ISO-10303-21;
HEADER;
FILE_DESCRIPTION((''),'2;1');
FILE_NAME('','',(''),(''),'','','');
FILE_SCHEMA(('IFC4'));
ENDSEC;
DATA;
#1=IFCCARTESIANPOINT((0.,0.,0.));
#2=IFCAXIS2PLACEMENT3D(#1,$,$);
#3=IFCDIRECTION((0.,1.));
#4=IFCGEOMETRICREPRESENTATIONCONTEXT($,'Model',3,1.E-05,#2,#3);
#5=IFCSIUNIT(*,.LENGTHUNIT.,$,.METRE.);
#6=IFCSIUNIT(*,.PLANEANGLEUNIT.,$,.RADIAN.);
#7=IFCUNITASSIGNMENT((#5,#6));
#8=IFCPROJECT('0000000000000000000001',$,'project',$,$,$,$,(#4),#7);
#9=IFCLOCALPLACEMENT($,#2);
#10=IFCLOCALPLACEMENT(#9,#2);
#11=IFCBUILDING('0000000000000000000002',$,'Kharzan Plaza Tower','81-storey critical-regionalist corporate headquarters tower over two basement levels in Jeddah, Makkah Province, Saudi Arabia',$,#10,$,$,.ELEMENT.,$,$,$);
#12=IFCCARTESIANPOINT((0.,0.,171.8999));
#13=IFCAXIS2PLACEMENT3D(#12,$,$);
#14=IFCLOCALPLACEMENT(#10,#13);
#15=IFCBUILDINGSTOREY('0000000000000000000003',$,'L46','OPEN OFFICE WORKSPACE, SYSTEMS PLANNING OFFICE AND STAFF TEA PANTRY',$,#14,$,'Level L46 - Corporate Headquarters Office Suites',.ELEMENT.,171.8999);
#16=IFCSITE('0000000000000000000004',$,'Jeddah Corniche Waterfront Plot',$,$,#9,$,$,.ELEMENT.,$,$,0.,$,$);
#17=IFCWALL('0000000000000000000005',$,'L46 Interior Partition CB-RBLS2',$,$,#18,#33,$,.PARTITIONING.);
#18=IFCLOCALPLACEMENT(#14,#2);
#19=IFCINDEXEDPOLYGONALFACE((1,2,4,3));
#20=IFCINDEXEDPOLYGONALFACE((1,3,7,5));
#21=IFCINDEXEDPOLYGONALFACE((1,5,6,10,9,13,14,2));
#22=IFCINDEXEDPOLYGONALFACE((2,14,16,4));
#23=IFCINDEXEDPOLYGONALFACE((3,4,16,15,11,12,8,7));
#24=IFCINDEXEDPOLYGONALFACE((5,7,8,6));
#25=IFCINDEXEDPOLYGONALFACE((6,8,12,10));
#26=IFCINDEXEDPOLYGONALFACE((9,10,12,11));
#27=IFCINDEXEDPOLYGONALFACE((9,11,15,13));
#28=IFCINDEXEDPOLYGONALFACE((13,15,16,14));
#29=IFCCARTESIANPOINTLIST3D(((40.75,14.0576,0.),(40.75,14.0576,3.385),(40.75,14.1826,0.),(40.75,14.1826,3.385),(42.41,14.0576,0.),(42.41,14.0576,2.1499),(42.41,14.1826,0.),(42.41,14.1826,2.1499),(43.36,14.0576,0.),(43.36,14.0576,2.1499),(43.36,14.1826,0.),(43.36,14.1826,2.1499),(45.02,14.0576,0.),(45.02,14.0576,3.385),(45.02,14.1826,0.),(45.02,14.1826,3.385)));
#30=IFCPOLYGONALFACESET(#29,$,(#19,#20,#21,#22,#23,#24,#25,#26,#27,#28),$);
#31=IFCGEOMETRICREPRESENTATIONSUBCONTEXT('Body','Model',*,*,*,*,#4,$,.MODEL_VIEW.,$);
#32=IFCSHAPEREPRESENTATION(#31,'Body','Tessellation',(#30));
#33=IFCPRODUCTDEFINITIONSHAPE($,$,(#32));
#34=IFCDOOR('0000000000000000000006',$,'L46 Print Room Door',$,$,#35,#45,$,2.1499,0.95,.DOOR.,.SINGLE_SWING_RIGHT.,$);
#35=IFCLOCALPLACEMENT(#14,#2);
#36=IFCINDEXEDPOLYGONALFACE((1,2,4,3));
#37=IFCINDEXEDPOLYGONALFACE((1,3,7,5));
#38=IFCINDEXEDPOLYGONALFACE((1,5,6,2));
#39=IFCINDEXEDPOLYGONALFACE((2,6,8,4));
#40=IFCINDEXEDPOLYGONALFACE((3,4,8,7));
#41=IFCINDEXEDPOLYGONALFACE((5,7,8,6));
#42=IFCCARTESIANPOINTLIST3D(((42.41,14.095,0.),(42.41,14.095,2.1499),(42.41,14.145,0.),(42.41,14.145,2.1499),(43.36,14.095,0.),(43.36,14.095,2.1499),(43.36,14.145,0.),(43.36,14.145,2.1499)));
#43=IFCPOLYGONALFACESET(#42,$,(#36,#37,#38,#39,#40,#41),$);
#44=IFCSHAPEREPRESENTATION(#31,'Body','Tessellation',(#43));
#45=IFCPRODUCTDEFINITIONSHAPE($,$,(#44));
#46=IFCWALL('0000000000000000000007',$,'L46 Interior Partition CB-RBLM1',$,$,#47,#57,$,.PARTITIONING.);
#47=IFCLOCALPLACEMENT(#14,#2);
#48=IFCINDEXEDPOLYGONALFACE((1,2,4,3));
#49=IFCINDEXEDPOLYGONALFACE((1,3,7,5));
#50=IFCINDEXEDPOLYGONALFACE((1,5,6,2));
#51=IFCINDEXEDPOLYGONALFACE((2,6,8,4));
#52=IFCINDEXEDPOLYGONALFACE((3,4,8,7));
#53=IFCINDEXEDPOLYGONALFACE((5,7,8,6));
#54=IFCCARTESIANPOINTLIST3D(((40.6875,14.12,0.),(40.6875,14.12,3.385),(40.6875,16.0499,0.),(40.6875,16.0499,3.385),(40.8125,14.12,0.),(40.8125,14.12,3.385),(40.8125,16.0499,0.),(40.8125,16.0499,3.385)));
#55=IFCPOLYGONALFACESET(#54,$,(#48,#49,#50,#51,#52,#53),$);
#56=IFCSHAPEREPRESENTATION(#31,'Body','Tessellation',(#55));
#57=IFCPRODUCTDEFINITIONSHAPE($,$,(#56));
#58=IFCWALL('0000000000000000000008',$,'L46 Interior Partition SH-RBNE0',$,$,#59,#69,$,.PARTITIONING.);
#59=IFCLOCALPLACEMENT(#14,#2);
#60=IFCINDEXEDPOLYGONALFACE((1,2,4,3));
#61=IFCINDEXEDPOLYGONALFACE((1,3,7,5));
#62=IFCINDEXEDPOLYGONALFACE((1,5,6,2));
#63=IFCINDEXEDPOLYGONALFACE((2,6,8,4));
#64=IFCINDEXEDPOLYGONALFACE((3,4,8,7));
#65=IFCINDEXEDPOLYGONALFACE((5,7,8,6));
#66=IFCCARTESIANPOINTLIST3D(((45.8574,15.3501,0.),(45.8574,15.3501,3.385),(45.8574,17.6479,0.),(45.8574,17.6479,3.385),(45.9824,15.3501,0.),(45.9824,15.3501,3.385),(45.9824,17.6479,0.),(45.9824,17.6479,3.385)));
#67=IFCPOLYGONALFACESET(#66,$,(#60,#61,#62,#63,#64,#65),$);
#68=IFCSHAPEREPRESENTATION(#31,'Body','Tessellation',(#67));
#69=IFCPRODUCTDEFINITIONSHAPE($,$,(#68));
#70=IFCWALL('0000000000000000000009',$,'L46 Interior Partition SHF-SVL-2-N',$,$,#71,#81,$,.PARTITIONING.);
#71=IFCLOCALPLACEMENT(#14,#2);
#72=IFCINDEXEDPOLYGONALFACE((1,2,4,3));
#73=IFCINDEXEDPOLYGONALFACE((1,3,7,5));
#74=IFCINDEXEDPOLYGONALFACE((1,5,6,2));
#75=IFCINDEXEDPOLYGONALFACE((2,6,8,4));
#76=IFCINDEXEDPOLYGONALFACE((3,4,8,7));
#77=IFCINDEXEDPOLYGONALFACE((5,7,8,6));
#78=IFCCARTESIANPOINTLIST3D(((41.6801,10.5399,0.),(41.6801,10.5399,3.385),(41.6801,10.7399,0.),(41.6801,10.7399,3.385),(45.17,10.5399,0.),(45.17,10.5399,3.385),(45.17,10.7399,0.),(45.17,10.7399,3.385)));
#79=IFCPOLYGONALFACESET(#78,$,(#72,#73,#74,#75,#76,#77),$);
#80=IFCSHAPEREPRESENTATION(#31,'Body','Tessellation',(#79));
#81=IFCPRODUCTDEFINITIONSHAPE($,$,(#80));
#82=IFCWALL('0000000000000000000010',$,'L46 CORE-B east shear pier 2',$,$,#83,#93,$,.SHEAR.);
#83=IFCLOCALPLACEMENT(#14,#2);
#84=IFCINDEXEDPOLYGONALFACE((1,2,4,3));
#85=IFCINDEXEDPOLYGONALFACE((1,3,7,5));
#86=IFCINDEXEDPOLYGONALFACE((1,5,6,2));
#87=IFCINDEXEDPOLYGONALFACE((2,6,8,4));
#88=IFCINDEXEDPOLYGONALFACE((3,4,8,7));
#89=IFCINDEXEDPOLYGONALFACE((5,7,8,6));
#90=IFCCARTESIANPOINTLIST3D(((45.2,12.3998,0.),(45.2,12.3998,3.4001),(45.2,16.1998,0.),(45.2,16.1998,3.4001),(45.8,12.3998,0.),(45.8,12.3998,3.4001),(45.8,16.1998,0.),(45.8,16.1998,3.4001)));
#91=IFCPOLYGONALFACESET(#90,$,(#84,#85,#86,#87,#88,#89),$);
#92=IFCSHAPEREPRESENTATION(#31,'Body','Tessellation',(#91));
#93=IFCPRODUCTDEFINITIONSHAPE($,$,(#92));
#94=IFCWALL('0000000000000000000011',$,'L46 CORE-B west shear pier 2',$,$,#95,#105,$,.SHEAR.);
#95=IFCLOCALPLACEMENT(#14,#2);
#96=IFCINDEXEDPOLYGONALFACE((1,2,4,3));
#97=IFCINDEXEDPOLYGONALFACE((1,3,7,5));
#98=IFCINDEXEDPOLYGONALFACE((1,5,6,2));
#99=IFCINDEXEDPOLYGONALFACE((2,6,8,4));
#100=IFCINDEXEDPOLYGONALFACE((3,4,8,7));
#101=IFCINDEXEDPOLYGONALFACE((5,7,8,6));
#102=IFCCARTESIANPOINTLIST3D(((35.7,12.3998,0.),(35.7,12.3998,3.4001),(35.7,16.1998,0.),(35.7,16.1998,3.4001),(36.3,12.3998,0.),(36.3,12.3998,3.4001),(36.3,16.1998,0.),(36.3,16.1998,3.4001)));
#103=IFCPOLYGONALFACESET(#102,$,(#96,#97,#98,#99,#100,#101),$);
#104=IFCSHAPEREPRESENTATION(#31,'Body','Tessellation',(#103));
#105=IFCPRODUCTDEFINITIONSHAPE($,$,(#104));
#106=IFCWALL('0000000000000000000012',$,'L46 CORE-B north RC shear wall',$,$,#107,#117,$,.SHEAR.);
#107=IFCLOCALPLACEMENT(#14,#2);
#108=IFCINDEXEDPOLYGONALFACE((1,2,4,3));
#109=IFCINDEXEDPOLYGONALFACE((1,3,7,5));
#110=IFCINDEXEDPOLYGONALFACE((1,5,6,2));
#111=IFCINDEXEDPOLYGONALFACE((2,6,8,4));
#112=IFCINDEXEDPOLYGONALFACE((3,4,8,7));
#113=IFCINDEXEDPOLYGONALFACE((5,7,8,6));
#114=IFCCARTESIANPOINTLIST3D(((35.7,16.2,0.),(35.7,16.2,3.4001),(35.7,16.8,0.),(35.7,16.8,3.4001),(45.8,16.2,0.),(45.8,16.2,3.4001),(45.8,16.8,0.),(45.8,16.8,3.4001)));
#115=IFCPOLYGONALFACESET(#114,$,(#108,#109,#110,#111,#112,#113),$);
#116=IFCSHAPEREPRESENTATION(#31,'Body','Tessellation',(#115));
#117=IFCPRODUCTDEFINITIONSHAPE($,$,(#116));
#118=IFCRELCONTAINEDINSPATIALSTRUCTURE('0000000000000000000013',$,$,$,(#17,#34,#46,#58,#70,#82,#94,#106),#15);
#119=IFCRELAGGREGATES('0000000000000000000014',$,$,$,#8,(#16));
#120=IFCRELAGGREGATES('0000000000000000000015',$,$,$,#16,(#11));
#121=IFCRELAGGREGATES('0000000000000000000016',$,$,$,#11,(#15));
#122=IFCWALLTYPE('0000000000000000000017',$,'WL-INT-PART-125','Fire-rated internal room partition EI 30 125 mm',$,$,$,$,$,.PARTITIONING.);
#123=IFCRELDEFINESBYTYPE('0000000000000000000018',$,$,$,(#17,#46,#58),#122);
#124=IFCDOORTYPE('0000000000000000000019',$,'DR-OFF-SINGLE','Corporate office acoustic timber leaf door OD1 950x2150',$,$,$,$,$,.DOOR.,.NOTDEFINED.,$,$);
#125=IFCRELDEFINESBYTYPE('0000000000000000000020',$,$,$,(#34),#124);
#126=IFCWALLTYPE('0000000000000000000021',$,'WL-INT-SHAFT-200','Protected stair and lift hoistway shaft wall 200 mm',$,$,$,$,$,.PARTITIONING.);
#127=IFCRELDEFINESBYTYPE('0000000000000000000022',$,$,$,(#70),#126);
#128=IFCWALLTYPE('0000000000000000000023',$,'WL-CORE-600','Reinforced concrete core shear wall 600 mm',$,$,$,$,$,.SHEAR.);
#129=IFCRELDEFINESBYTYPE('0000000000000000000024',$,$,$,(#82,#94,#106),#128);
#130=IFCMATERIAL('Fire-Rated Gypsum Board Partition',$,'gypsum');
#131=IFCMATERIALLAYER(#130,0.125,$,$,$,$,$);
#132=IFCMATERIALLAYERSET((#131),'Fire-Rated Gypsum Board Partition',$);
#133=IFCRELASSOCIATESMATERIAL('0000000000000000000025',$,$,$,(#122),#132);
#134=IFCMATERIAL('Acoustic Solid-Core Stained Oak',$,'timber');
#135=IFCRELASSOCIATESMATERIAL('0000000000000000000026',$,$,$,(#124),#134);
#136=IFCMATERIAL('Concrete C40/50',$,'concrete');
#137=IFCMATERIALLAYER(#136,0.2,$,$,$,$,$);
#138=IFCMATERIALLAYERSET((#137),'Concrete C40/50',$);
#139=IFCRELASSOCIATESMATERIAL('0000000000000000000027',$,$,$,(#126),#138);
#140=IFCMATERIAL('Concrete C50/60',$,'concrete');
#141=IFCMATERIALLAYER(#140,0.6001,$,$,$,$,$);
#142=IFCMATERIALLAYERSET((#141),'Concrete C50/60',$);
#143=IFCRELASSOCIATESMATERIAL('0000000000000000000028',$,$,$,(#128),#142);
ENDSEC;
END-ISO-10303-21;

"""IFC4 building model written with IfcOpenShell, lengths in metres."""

from ifc_helpers import new_model, si_unit, direction, frame, frame_2d, origin, place, context, subcontext, project, spatial, rectangle, extrude, source, transform, mapped, material, layer, layer_set, type_object, element, fill, save


model = new_model("IFC4")

# Units and contexts
model_context = context("Model", 3, precision=1e-05, world=origin(), true_north=direction((0.0, 1.0)))
body_context = subcontext(model_context, "Body", "Model", "MODEL_VIEW")
ifc_project = project(units=[si_unit("LENGTHUNIT", "METRE"), si_unit("PLANEANGLEUNIT", "RADIAN")], contexts=[model_context])

# Site, building, storey
site_placement = place(None, origin())
site = spatial("IfcSite", under=ifc_project, at=site_placement, Name="Jeddah Corniche Waterfront Plot", CompositionType="ELEMENT", RefElevation=0.0)
building_placement = place(site_placement, origin())
building = spatial("IfcBuilding", under=site, at=building_placement, Name="Kharzan Plaza Tower", Description="81-storey critical-regionalist corporate headquarters tower over two basement levels in Jeddah, Makkah Province, Saudi Arabia", CompositionType="ELEMENT")
storey_placement = place(building_placement, frame((0.0, 0.0, 171.8999)))
storey = spatial("IfcBuildingStorey", under=building, at=storey_placement, Name="L46", Description="OPEN OFFICE WORKSPACE, SYSTEMS PLANNING OFFICE AND STAFF TEA PANTRY", LongName="Level L46 - Corporate Headquarters Office Suites", CompositionType="ELEMENT", Elevation=171.8999)

# Shared definitions
ifc_material_1 = material(Name="Concrete C50/60", Category="concrete")

# Shared definitions
ifc_material_2 = material(Name="Concrete C40/50", Category="concrete")

# Wall, opening, door
ifc_material_3 = material(Name="Fire-Rated Gypsum Board Partition", Category="gypsum")
ifc_layer_1 = layer(ifc_material_3, 0.125)
ifc_layer_set_1 = layer_set([ifc_layer_1], Name="Fire-Rated Gypsum Board Partition")
wall_type_1 = type_object("IfcWallType", Name="WL-INT-PART-125", Description="Fire-rated internal room partition EI 30 125 mm", PredefinedType="PARTITIONING", material=ifc_layer_set_1)
wall_1_placement = place(storey_placement, frame((40.75, 14.1201, 0.0), z_axis=(0.0, 0.0, 1.0), x_axis=(1.0, 0.0, 0.0)))
wall_1 = element("IfcWall", 1, at=wall_1_placement, inside=storey, type_object=wall_type_1, Name="L46 Interior Partition CB-RBLS2", PredefinedType="PARTITIONING", context=body_context, shape_type="SweptSolid", body=[
    extrude(rectangle(XDim=4.27, YDim=0.125, at=frame_2d((2.135, 0.0))), origin(), (0.0, 0.0, 1.0), 3.385),
])
opening_1_placement = place(wall_1_placement, frame((1.6599, 0.0, 0.0)))
opening_1 = element("IfcOpeningElement", 2, at=opening_1_placement, cuts=wall_1, PredefinedType="OPENING", context=body_context, shape_type="SweptSolid", body=[
    extrude(rectangle(XDim=0.95, YDim=2.1499, at=frame_2d((0.4751, 1.075))), frame((0.0, 0.0725, 0.0), z_axis=(0.0, -1.0, 0.0), x_axis=(1.0, 0.0, 0.0)), (0.0, 0.0, 1.0), 0.145),
])
ifc_material_4 = material(Name="Acoustic Solid-Core Stained Oak", Category="timber")
door_type_1 = type_object("IfcDoorType", Name="DR-OFF-SINGLE", Description="Corporate office acoustic timber leaf door OD1 950x2150", OperationType="NOTDEFINED", PredefinedType="DOOR", material=ifc_material_4)
shared_shape_1 = source(origin(), body_context, "Body", "SweptSolid", [
    extrude(rectangle(XDim=0.95, YDim=2.1499, at=frame_2d((0.4751, 1.075))), frame((0.0, 0.0249, 0.0), z_axis=(0.0, -1.0, 0.0), x_axis=(1.0, 0.0, 0.0)), (0.0, 0.0, 1.0), 0.05),
])
door_1_placement = place(opening_1_placement, origin())
door_1 = element("IfcDoor", 3, at=door_1_placement, inside=storey, type_object=door_type_1, Name="L46 Print Room Door", OperationType="SINGLE_SWING_RIGHT", OverallHeight=2.1499, OverallWidth=0.95, PredefinedType="DOOR", context=body_context, shape_type="MappedRepresentation", body=[
    mapped(shared_shape_1, transform((0.0, 0.0, 0.0), x_axis=(1.0, 0.0, 0.0), y_axis=(0.0, 1.0, 0.0), z_axis=(0.0, 0.0, 1.0))),
])
fill(opening_1, door_1)

# Walls
shared_shape_2 = source(origin(), body_context, "Body", "SweptSolid", [
    extrude(rectangle(XDim=1.9299, YDim=0.125, at=frame_2d((0.9648, 0.0))), origin(), (0.0, 0.0, 1.0), 3.385),
])
wall_2_placement = place(storey_placement, frame((40.75, 14.1201, 0.0), z_axis=(0.0, 0.0, 1.0), x_axis=(0.0, 1.0, 0.0)))
element("IfcWall", 4, at=wall_2_placement, inside=storey, type_object=wall_type_1, Name="L46 Interior Partition CB-RBLM1", PredefinedType="PARTITIONING", context=body_context, shape_type="MappedRepresentation", body=[
    mapped(shared_shape_2, transform((0.0, 0.0, 0.0), x_axis=(1.0, 0.0, 0.0), y_axis=(0.0, 1.0, 0.0), z_axis=(0.0, 0.0, 1.0))),
])
shared_shape_3 = source(origin(), body_context, "Body", "SweptSolid", [
    extrude(rectangle(XDim=2.2979, YDim=0.125, at=frame_2d((1.1489, 0.0))), origin(), (0.0, 0.0, 1.0), 3.385),
])
wall_3_placement = place(storey_placement, frame((45.9199, 15.3501, 0.0), z_axis=(0.0, 0.0, 1.0), x_axis=(0.0, 1.0, 0.0)))
element("IfcWall", 5, at=wall_3_placement, inside=storey, type_object=wall_type_1, Name="L46 Interior Partition SH-RBNE0", PredefinedType="PARTITIONING", context=body_context, shape_type="MappedRepresentation", body=[
    mapped(shared_shape_3, transform((0.0, 0.0, 0.0), x_axis=(1.0, 0.0, 0.0), y_axis=(0.0, 1.0, 0.0), z_axis=(0.0, 0.0, 1.0))),
])
ifc_layer_2 = layer(ifc_material_2, 0.2)
ifc_layer_set_2 = layer_set([ifc_layer_2], Name="Concrete C40/50")
wall_type_2 = type_object("IfcWallType", Name="WL-INT-SHAFT-200", Description="Protected stair and lift hoistway shaft wall 200 mm", PredefinedType="PARTITIONING", material=ifc_layer_set_2)
shared_shape_4 = source(origin(), body_context, "Body", "SweptSolid", [
    extrude(rectangle(XDim=3.49, YDim=0.2, at=frame_2d((1.7451, 0.0))), origin(), (0.0, 0.0, 1.0), 3.385),
])
wall_4_placement = place(storey_placement, frame((41.6799, 10.6399, 0.0), z_axis=(0.0, 0.0, 1.0), x_axis=(1.0, 0.0, 0.0)))
element("IfcWall", 6, at=wall_4_placement, inside=storey, type_object=wall_type_2, Name="L46 Interior Partition SHF-SVL-2-N", PredefinedType="PARTITIONING", context=body_context, shape_type="MappedRepresentation", body=[
    mapped(shared_shape_4, transform((0.0, 0.0, 0.0), x_axis=(1.0, 0.0, 0.0), y_axis=(0.0, 1.0, 0.0), z_axis=(0.0, 0.0, 1.0))),
])
ifc_layer_3 = layer(ifc_material_1, 0.6001)
ifc_layer_set_3 = layer_set([ifc_layer_3], Name="Concrete C50/60")
wall_type_3 = type_object("IfcWallType", Name="WL-CORE-600", Description="Reinforced concrete core shear wall 600 mm", PredefinedType="SHEAR", material=ifc_layer_set_3)
shared_shape_5 = source(origin(), body_context, "Body", "SweptSolid", [
    extrude(rectangle(XDim=3.8, YDim=0.6001, at=frame_2d((1.8999, 0.0))), origin(), (0.0, 0.0, 1.0), 3.4001),
])
for number, where, z_axis, x_axis, name in (
    (7, (45.5, 12.3999, 0.0), (0.0, 0.0, 1.0), (0.0, 1.0, 0.0), "L46 CORE-B east shear pier 2"),
    (8, (36.0, 12.3999, 0.0), (0.0, 0.0, 1.0), (0.0, 1.0, 0.0), "L46 CORE-B west shear pier 2"),
):
    element("IfcWall", number, at=place(storey_placement, frame(where, z_axis=z_axis, x_axis=x_axis)), inside=storey, type_object=wall_type_3, Name=name, PredefinedType="SHEAR", context=body_context, shape_type="MappedRepresentation", body=[
        mapped(shared_shape_5, transform((0.0, 0.0, 0.0), x_axis=(1.0, 0.0, 0.0), y_axis=(0.0, 1.0, 0.0), z_axis=(0.0, 0.0, 1.0))),
    ])
shared_shape_6 = source(origin(), body_context, "Body", "SweptSolid", [
    extrude(rectangle(XDim=10.1001, YDim=0.6001, at=frame_2d((5.05, 0.0))), origin(), (0.0, 0.0, 1.0), 3.4001),
])
wall_5_placement = place(storey_placement, frame((35.7, 16.5, 0.0), z_axis=(0.0, 0.0, 1.0), x_axis=(1.0, 0.0, 0.0)))
element("IfcWall", 9, at=wall_5_placement, inside=storey, type_object=wall_type_3, Name="L46 CORE-B north RC shear wall", PredefinedType="SHEAR", context=body_context, shape_type="MappedRepresentation", body=[
    mapped(shared_shape_6, transform((0.0, 0.0, 0.0), x_axis=(1.0, 0.0, 0.0), y_axis=(0.0, 1.0, 0.0), z_axis=(0.0, 0.0, 1.0))),
])

save(model, "model.ifc")
